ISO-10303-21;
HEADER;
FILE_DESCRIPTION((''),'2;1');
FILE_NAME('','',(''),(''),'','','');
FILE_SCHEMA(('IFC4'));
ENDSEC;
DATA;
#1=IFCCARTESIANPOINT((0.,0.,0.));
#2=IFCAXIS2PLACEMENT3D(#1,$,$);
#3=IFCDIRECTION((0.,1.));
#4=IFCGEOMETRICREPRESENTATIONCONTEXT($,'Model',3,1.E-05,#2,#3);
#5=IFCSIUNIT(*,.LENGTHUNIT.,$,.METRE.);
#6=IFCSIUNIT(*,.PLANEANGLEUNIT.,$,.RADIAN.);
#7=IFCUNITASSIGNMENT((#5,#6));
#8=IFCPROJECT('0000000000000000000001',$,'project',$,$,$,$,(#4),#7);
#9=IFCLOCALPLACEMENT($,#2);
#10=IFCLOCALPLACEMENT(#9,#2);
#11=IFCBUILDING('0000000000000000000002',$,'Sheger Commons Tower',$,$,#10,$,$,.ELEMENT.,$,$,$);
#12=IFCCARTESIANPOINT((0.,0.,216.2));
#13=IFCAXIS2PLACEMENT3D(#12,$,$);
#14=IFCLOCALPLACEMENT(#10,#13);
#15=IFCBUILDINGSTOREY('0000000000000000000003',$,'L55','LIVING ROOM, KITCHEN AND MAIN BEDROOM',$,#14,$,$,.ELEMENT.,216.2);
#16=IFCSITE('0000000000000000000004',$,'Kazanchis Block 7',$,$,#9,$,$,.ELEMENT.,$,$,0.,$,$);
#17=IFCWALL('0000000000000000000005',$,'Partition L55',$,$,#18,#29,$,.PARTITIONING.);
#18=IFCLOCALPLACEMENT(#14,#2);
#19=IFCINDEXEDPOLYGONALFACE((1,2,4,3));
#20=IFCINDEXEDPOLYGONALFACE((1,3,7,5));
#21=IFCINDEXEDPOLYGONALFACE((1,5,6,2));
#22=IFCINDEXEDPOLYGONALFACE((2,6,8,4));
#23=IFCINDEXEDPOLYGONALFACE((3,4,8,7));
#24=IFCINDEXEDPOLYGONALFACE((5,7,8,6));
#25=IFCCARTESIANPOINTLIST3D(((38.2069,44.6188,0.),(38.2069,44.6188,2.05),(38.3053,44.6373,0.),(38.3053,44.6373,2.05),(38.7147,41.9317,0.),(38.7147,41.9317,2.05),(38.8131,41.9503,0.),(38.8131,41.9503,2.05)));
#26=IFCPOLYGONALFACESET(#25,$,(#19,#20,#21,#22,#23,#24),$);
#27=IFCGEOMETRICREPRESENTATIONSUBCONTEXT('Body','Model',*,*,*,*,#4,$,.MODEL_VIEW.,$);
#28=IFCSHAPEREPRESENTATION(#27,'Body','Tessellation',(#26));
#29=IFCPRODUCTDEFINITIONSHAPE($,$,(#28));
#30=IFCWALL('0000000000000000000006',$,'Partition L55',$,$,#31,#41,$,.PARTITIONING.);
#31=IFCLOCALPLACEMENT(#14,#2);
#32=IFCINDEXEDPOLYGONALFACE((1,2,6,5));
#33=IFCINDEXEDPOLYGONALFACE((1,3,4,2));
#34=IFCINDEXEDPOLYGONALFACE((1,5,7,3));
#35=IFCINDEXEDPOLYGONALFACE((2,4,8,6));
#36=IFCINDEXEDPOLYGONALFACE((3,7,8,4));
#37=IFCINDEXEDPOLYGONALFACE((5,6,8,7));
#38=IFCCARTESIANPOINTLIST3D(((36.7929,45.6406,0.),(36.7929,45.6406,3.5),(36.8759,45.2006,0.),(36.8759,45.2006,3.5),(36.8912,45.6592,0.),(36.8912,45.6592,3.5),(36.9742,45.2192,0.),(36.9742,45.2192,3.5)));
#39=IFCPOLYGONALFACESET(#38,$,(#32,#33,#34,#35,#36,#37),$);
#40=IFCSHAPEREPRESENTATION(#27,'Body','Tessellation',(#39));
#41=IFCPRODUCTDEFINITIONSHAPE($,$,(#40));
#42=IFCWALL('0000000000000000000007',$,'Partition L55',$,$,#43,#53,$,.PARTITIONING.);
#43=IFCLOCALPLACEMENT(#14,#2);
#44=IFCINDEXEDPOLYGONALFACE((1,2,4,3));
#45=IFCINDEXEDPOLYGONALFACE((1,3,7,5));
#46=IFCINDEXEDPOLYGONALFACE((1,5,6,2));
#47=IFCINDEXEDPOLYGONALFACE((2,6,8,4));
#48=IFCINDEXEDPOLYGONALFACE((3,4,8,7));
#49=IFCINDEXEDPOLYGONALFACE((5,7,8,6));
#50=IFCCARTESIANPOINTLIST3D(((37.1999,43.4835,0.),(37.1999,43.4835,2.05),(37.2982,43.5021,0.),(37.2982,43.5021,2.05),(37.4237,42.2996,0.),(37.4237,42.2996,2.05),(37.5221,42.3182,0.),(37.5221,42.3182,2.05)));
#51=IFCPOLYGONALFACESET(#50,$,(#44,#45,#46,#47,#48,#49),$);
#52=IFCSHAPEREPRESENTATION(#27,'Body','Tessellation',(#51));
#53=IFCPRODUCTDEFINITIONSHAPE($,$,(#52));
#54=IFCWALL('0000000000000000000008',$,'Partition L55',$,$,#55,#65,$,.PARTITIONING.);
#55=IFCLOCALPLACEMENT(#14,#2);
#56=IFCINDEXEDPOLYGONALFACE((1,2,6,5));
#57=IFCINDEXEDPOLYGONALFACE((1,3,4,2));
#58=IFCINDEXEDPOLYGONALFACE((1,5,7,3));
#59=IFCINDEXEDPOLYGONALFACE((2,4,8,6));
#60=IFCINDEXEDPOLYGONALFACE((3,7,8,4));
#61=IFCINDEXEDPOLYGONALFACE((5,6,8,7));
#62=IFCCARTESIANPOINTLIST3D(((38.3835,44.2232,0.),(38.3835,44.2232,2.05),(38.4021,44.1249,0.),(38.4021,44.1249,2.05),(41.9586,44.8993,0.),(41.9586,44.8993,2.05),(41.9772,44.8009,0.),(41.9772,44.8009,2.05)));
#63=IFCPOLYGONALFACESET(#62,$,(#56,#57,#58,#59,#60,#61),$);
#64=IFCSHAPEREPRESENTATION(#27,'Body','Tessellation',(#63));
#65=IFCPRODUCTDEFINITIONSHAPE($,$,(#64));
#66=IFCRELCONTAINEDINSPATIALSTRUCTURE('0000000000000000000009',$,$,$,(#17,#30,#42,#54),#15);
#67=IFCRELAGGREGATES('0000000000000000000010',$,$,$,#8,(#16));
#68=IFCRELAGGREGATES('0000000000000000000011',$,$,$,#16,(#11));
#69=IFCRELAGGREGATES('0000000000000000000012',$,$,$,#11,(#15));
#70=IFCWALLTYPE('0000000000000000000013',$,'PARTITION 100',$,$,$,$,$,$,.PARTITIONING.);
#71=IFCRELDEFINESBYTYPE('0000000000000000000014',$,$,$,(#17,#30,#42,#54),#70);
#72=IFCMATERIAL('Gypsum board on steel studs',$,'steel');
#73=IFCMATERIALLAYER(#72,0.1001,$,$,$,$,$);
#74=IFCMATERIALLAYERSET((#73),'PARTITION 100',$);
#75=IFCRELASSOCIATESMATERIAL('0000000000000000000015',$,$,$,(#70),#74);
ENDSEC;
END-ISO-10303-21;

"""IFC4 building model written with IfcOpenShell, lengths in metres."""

from ifc_helpers import new_model, si_unit, direction, frame, frame_2d, origin, place, context, subcontext, project, spatial, rectangle, extrude, material, layer, layer_set, type_object, element, save


model = new_model("IFC4")

# Units and contexts
model_context = context("Model", 3, precision=1e-05, world=origin(), true_north=direction((0.0, 1.0)))
body_context = subcontext(model_context, "Body", "Model", "MODEL_VIEW")
ifc_project = project(units=[si_unit("LENGTHUNIT", "METRE"), si_unit("PLANEANGLEUNIT", "RADIAN")], contexts=[model_context])

# Site, building, storey
site_placement = place(None, origin())
site = spatial("IfcSite", under=ifc_project, at=site_placement, Name="Kazanchis Block 7", CompositionType="ELEMENT", RefElevation=0.0)
building_placement = place(site_placement, origin())
building = spatial("IfcBuilding", under=site, at=building_placement, Name="Sheger Commons Tower", CompositionType="ELEMENT")
storey_placement = place(building_placement, frame((0.0, 0.0, 216.2)))
storey = spatial("IfcBuildingStorey", under=building, at=storey_placement, Name="L55", Description="LIVING ROOM, KITCHEN AND MAIN BEDROOM", CompositionType="ELEMENT", Elevation=216.2)

# Walls
ifc_material_1 = material(Name="Gypsum board on steel studs", Category="steel")
ifc_layer_1 = layer(ifc_material_1, 0.1001)
ifc_layer_set_1 = layer_set([ifc_layer_1], Name="PARTITION 100")
wall_type_1 = type_object("IfcWallType", Name="PARTITION 100", PredefinedType="PARTITIONING", material=ifc_layer_set_1)
wall_1_placement = place(storey_placement, frame((38.2561, 44.6279, 0.0), z_axis=(0.0, 0.0, 1.0), x_axis=(0.185701, -0.982606, 0.0)))
element("IfcWall", 1, at=wall_1_placement, inside=storey, type_object=wall_type_1, Name="Partition L55", PredefinedType="PARTITIONING", context=body_context, shape_type="SweptSolid", body=[
    extrude(rectangle(XDim=2.7346, YDim=0.1001, at=frame_2d((1.3672, 0.0))), origin(), (0.0, 0.0, 1.0), 2.05),
])
wall_2_placement = place(storey_placement, frame((36.842, 45.6499, 0.0), z_axis=(0.0, 0.0, 1.0), x_axis=(0.185408, -0.982662, 0.0)))
element("IfcWall", 2, at=wall_2_placement, inside=storey, type_object=wall_type_1, Name="Partition L55", PredefinedType="PARTITIONING", context=body_context, shape_type="SweptSolid", body=[
    extrude(rectangle(XDim=0.4478, YDim=0.1001, at=frame_2d((0.2239, 0.0))), origin(), (0.0, 0.0, 1.0), 3.5),
])
wall_3_placement = place(storey_placement, frame((37.249, 43.4929, 0.0), z_axis=(0.0, 0.0, 1.0), x_axis=(0.185818, -0.982584, 0.0)))
element("IfcWall", 3, at=wall_3_placement, inside=storey, type_object=wall_type_1, Name="Partition L55", PredefinedType="PARTITIONING", context=body_context, shape_type="SweptSolid", body=[
    extrude(rectangle(XDim=1.2048, YDim=0.1001, at=frame_2d((0.6025, 0.0))), origin(), (0.0, 0.0, 1.0), 2.05),
])
wall_4_placement = place(storey_placement, frame((41.968, 44.8501, 0.0), z_axis=(0.0, 0.0, 1.0), x_axis=(-0.982586, -0.185808, 0.0)))
element("IfcWall", 4, at=wall_4_placement, inside=storey, type_object=wall_type_1, Name="Partition L55", PredefinedType="PARTITIONING", context=body_context, shape_type="SweptSolid", body=[
    extrude(rectangle(XDim=3.6384, YDim=0.1001, at=frame_2d((1.8193, 0.0))), origin(), (0.0, 0.0, 1.0), 2.05),
])

save(model, "model.ifc")
